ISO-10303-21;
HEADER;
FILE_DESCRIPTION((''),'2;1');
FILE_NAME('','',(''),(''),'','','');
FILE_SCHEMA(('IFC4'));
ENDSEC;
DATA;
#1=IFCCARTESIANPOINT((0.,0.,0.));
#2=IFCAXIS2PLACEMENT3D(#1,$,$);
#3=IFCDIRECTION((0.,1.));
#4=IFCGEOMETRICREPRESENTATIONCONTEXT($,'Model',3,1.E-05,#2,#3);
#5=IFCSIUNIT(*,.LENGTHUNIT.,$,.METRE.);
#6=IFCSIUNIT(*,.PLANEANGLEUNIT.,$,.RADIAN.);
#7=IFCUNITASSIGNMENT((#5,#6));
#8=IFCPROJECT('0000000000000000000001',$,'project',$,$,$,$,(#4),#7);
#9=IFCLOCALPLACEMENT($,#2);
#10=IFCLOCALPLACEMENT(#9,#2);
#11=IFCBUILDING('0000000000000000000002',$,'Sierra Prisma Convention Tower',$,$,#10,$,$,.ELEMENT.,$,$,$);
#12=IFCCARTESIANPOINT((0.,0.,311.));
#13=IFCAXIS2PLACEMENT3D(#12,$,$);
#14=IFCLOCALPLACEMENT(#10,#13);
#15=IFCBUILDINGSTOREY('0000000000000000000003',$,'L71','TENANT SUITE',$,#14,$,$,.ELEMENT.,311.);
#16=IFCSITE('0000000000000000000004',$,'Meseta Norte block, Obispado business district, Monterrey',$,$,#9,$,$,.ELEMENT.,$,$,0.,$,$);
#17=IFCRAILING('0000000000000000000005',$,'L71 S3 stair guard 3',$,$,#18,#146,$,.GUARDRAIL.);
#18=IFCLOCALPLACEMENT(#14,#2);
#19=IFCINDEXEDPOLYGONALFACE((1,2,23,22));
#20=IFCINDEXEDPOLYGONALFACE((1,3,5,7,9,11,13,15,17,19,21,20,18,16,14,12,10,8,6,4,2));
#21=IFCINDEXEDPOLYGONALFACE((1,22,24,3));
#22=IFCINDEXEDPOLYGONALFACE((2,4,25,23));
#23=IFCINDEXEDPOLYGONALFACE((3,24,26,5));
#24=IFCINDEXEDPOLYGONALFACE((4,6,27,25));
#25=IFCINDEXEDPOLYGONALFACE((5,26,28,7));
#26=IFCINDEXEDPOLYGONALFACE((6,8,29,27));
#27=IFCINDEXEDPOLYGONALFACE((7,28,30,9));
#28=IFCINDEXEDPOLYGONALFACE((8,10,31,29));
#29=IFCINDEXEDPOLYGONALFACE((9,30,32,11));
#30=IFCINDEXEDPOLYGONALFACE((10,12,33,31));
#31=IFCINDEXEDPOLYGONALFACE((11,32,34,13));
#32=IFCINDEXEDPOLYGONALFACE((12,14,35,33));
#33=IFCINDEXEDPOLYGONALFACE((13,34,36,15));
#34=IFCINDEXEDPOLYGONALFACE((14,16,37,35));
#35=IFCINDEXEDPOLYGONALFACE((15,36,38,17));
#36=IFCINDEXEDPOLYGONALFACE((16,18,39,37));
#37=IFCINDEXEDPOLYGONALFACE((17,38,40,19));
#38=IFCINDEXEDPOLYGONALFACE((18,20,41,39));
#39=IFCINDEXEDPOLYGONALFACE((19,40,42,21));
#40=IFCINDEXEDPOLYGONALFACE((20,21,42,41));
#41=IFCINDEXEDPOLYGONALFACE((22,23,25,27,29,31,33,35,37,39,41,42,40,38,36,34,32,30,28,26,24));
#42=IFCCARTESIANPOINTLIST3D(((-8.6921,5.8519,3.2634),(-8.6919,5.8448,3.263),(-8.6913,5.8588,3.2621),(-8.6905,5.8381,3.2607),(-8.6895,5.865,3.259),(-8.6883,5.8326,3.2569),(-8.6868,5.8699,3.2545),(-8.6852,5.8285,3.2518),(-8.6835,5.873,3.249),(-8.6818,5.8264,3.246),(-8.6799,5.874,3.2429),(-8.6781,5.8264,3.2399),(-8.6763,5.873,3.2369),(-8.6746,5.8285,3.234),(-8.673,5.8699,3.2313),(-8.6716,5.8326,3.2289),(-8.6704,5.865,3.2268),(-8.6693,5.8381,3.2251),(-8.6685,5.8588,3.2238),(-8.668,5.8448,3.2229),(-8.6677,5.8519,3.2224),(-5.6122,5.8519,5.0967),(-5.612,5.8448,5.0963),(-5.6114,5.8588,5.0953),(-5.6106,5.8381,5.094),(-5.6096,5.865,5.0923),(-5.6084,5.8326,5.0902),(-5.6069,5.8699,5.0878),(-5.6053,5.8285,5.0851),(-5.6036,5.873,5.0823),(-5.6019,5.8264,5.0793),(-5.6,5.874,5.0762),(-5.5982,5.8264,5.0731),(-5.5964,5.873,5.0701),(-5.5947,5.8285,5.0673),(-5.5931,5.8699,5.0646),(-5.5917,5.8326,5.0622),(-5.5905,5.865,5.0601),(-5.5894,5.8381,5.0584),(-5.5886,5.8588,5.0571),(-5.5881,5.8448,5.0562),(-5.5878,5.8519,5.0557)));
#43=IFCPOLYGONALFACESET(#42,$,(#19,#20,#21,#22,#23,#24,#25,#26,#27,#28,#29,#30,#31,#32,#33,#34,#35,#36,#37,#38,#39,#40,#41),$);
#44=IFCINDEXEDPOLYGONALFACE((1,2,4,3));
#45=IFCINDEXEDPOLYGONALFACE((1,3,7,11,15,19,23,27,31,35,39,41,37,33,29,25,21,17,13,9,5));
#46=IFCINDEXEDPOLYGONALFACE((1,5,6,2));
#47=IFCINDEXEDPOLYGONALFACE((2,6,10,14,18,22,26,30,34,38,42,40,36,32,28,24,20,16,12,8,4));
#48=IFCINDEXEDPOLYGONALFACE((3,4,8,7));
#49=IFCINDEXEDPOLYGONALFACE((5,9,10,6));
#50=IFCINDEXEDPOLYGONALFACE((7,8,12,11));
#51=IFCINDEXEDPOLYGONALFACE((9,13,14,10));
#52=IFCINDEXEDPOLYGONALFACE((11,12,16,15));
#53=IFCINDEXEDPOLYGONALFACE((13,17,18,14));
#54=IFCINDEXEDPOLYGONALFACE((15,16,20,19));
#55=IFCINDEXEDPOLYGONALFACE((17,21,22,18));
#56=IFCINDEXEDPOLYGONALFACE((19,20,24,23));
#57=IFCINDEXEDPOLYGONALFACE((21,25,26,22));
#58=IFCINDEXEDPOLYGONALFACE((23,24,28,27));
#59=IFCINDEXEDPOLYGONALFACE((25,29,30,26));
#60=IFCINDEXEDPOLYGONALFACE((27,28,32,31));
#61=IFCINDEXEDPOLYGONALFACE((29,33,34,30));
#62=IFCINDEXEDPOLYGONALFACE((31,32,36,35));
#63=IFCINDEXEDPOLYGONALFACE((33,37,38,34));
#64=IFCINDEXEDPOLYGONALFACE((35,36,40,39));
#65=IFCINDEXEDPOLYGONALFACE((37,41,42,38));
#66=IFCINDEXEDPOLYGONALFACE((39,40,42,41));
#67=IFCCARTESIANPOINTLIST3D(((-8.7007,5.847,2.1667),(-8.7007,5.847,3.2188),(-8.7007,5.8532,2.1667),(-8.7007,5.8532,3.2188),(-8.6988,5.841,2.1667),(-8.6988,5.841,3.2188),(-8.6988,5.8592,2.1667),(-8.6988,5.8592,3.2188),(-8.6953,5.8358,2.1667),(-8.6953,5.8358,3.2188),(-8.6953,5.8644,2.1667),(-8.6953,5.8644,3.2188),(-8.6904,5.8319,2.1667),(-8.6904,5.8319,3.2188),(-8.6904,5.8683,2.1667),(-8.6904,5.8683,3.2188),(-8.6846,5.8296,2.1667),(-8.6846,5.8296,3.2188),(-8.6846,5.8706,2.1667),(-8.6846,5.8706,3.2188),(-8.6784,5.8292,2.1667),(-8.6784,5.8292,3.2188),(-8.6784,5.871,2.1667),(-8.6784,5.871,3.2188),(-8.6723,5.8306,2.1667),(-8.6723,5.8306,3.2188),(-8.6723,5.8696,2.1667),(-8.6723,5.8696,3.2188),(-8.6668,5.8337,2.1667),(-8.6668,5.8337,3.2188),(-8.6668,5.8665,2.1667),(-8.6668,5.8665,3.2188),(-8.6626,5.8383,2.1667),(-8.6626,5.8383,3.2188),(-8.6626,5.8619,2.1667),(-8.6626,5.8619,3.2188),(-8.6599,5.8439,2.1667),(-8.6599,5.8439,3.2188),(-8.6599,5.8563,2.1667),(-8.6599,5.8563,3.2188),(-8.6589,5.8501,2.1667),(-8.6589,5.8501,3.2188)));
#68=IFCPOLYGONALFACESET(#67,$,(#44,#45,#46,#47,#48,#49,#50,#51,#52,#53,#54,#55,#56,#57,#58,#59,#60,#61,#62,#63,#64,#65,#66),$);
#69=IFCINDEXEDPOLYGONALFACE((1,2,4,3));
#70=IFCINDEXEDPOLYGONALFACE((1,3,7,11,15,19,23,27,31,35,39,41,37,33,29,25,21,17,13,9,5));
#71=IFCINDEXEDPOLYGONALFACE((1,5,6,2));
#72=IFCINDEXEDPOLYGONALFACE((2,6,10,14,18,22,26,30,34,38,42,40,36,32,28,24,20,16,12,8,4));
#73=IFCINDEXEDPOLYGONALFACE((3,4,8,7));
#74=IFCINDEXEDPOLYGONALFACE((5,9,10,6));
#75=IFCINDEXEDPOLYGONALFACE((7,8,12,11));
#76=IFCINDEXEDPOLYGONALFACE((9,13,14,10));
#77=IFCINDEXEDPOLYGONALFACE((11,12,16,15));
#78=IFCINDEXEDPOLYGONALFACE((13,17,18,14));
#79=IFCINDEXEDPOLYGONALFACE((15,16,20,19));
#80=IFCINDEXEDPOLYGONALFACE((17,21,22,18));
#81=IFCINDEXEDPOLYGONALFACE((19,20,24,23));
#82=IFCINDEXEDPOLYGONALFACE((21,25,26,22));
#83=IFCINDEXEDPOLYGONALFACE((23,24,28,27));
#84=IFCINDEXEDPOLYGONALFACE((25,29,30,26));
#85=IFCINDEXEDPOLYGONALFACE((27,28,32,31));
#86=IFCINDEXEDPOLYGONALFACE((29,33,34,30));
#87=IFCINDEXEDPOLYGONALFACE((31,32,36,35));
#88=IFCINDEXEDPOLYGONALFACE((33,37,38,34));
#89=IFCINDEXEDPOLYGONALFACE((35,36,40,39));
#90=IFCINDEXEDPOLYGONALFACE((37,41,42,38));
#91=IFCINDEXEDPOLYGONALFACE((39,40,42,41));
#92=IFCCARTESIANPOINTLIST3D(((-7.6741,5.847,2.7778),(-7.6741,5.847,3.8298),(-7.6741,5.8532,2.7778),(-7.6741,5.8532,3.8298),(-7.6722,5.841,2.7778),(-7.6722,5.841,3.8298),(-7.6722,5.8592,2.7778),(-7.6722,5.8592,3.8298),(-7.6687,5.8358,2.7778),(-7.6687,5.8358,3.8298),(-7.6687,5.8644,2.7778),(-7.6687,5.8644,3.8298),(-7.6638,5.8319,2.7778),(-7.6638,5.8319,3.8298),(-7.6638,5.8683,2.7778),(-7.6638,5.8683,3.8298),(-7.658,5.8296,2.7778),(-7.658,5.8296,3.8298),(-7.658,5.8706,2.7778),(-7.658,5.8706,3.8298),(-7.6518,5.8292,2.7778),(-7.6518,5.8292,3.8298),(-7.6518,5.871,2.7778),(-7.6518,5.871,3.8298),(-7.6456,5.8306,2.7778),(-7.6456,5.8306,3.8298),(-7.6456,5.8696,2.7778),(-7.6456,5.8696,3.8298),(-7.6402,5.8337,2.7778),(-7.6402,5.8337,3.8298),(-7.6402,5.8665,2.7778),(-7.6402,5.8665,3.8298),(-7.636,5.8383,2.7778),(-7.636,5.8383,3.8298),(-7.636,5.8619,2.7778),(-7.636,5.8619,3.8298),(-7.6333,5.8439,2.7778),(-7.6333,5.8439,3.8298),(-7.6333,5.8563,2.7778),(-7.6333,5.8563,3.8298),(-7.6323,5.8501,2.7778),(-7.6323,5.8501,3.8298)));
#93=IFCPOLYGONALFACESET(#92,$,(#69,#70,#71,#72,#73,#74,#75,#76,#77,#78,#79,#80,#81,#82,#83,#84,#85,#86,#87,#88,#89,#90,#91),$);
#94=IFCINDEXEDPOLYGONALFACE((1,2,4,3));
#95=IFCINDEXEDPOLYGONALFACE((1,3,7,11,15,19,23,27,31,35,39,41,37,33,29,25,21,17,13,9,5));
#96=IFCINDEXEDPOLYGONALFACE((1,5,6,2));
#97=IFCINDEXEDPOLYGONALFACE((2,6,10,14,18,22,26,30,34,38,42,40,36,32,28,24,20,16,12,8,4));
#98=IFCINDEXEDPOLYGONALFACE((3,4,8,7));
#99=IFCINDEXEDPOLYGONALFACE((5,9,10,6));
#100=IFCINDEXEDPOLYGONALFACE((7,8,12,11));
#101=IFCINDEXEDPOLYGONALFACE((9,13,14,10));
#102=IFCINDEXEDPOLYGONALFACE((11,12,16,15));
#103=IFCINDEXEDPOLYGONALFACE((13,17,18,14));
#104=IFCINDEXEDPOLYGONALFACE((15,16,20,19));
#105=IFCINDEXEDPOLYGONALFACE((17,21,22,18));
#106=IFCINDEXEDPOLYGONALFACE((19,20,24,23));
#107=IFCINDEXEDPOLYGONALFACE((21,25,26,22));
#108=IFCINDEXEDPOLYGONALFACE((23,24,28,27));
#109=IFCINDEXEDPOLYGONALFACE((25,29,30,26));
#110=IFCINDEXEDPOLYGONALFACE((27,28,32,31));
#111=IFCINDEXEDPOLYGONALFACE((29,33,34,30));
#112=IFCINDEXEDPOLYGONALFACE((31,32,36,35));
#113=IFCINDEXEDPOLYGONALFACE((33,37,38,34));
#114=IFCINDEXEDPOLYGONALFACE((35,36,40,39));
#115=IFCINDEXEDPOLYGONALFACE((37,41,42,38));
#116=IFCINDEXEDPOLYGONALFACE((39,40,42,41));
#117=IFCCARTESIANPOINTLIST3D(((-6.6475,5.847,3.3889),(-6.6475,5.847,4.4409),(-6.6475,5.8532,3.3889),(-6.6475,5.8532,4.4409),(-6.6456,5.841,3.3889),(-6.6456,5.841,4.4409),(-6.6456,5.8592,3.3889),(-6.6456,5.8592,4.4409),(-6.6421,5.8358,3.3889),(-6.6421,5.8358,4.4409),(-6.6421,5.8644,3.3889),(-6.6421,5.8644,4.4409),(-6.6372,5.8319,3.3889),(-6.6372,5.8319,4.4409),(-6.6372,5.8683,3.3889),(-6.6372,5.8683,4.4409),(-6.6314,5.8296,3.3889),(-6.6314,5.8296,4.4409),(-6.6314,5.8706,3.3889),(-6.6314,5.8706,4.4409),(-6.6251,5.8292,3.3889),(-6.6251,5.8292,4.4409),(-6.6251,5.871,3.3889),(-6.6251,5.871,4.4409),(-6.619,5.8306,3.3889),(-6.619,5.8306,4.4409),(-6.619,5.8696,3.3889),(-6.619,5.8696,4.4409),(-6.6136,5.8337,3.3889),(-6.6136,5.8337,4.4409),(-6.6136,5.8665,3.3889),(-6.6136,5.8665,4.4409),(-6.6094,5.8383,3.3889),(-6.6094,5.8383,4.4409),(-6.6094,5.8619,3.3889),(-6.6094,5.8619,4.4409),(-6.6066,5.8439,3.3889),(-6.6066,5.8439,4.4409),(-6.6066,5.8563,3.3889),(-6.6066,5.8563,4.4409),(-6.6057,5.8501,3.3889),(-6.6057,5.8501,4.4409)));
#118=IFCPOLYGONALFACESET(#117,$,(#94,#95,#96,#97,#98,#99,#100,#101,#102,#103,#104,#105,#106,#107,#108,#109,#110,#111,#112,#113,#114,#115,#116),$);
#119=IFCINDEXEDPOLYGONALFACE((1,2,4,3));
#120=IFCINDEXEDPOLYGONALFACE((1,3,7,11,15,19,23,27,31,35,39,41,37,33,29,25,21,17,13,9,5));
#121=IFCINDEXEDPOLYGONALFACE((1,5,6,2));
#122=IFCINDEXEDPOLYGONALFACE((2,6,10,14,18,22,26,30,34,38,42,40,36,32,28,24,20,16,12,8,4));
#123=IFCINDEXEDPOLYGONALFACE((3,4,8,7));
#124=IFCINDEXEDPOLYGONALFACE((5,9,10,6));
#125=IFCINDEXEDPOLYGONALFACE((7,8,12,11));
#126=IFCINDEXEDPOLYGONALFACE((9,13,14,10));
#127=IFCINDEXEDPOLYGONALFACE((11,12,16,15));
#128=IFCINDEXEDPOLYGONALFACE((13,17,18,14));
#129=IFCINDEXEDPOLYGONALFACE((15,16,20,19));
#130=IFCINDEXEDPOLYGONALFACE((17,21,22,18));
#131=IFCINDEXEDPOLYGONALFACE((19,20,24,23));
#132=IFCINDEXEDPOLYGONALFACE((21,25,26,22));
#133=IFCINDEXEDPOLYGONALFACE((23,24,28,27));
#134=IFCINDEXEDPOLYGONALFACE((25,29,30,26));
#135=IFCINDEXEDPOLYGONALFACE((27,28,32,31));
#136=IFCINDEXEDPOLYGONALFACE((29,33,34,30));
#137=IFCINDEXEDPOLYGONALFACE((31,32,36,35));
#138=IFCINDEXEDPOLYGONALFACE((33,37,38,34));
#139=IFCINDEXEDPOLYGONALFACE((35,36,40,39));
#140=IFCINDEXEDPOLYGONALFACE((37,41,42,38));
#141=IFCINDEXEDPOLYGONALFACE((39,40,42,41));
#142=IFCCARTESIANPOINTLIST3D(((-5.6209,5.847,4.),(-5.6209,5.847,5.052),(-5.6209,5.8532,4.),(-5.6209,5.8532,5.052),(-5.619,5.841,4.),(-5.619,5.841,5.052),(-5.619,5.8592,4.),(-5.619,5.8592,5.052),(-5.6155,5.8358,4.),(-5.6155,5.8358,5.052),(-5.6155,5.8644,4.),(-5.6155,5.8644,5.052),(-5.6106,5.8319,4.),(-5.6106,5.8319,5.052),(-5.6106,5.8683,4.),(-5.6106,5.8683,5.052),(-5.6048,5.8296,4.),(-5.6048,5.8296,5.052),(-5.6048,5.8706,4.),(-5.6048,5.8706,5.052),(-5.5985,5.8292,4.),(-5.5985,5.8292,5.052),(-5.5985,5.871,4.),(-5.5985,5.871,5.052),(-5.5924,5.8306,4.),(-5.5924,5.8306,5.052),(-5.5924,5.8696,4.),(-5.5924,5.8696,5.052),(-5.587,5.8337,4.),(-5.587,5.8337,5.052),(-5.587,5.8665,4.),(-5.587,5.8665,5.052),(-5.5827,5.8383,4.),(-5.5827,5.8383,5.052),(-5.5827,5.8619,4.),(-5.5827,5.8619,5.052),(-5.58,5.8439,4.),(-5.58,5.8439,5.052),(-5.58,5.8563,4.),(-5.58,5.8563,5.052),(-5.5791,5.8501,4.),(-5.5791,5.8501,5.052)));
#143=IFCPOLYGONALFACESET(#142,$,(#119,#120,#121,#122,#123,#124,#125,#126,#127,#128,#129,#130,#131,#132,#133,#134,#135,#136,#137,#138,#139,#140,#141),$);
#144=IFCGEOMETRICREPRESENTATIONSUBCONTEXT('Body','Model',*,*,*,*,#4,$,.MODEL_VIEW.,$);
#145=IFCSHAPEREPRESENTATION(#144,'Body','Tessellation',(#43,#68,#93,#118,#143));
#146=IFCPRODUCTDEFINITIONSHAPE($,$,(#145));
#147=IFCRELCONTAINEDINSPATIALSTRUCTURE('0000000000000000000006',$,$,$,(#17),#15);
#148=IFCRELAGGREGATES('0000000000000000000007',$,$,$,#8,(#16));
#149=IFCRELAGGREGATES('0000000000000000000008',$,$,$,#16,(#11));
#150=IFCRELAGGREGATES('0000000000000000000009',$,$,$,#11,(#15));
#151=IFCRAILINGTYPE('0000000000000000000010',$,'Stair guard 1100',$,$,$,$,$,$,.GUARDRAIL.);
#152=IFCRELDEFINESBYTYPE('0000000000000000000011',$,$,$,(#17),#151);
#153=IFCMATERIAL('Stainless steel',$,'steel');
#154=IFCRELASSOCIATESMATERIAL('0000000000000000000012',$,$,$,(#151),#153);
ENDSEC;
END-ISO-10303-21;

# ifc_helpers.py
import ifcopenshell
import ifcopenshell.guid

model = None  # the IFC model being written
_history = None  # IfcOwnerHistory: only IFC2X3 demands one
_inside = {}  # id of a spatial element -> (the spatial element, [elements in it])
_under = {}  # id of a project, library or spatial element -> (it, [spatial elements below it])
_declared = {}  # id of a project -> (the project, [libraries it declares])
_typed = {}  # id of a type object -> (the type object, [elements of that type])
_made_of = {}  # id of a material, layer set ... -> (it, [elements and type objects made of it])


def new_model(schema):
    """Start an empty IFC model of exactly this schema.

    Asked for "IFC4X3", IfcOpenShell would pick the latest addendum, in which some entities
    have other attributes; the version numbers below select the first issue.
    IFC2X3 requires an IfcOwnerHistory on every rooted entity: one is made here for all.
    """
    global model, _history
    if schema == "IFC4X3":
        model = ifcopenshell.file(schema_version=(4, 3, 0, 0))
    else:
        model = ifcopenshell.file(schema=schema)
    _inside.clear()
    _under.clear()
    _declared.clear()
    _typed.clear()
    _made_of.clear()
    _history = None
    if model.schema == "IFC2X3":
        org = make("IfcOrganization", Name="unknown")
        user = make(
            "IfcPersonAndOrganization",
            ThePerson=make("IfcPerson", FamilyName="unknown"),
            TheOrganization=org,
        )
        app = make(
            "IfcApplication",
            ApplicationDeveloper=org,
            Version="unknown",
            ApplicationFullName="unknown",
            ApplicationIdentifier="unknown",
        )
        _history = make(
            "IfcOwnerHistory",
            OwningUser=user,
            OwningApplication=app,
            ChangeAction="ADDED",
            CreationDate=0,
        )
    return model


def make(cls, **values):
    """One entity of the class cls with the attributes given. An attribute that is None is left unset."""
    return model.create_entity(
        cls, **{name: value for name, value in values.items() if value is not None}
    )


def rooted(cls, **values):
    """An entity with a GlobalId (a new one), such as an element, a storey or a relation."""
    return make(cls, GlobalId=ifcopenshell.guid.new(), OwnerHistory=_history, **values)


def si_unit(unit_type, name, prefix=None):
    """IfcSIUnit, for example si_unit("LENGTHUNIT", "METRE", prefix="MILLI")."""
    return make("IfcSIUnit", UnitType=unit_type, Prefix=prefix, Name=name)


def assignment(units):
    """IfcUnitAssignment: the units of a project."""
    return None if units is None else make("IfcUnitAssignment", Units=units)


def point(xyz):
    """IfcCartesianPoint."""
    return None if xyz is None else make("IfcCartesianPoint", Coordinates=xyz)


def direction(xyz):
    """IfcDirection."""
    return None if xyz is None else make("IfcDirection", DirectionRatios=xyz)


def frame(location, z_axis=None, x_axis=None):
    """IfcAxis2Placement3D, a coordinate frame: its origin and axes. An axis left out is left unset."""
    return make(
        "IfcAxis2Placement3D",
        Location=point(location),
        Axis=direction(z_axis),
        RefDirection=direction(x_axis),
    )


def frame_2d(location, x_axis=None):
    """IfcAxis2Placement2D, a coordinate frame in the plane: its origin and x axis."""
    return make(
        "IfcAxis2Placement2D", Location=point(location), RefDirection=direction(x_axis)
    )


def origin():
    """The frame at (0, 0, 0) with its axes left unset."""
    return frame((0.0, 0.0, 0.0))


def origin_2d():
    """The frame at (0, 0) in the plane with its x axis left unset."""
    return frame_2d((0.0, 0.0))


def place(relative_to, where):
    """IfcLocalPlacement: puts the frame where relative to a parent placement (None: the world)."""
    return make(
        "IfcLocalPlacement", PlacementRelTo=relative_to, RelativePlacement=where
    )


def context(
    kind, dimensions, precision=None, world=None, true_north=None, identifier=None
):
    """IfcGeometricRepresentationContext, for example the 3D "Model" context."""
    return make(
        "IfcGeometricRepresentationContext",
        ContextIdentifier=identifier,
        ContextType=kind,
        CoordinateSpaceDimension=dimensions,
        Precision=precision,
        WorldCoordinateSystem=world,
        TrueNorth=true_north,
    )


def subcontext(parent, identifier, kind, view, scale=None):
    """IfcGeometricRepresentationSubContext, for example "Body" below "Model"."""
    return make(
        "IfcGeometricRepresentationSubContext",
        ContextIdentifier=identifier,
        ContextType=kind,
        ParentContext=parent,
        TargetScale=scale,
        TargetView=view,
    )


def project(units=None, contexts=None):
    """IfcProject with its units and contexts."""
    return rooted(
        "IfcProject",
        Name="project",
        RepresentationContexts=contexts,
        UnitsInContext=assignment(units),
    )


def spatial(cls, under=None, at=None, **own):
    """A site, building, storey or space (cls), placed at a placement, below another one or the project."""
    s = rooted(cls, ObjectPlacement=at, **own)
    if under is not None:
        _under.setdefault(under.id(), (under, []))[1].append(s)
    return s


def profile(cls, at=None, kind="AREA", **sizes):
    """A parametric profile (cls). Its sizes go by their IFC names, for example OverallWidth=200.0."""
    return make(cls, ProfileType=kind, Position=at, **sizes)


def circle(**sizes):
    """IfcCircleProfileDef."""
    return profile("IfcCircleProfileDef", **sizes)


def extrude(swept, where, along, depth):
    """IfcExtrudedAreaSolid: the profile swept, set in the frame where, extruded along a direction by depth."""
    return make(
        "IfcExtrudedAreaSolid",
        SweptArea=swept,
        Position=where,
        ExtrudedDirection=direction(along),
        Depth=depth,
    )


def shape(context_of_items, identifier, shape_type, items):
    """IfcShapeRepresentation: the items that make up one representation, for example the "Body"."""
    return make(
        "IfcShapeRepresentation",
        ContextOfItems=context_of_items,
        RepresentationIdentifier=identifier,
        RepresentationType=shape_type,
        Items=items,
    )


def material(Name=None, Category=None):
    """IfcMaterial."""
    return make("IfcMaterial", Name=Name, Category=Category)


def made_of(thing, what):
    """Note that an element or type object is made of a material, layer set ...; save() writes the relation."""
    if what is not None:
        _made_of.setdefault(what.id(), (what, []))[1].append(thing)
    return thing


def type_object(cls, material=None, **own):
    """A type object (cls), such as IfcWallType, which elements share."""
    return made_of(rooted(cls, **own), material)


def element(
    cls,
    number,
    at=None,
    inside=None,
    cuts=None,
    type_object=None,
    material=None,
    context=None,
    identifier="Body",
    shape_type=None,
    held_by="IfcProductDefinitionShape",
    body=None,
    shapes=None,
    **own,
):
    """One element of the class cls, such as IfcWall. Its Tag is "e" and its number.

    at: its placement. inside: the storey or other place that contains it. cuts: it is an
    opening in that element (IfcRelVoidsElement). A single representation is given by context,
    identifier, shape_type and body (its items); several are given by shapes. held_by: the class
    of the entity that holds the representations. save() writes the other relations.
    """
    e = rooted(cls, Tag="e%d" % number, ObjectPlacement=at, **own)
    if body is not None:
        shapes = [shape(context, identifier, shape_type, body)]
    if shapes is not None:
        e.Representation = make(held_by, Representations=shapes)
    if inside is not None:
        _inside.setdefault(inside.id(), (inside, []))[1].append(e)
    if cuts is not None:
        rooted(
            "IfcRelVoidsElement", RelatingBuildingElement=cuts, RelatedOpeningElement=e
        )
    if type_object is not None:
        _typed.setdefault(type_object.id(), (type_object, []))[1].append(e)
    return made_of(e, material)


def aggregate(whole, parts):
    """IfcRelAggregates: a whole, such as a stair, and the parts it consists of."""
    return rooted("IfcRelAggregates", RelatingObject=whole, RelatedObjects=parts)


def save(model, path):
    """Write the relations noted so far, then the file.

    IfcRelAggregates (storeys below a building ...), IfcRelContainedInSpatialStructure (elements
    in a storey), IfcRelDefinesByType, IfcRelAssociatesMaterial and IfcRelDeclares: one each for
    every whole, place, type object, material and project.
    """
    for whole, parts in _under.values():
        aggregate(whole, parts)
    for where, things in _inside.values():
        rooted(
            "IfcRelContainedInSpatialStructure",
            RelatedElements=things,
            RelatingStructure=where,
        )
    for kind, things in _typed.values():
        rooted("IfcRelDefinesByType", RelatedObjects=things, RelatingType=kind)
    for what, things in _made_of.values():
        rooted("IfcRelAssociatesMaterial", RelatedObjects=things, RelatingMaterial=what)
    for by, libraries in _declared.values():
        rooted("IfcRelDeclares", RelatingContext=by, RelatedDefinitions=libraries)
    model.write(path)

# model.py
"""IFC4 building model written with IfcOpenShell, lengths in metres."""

from ifc_helpers import new_model, si_unit, direction, frame, origin, origin_2d, place, context, subcontext, project, spatial, circle, extrude, material, type_object, element, save


model = new_model("IFC4")

# Units and contexts
model_context = context("Model", 3, precision=1e-05, world=origin(), true_north=direction((0.0, 1.0)))
body_context = subcontext(model_context, "Body", "Model", "MODEL_VIEW")
ifc_project = project(units=[si_unit("LENGTHUNIT", "METRE"), si_unit("PLANEANGLEUNIT", "RADIAN")], contexts=[model_context])

# Site, building, storey
site_placement = place(None, origin())
site = spatial("IfcSite", under=ifc_project, at=site_placement, Name="Meseta Norte block, Obispado business district, Monterrey", CompositionType="ELEMENT", RefElevation=0.0)
building_placement = place(site_placement, origin())
building = spatial("IfcBuilding", under=site, at=building_placement, Name="Sierra Prisma Convention Tower", CompositionType="ELEMENT")
storey_placement = place(building_placement, frame((0.0, 0.0, 311.0)))
storey = spatial("IfcBuildingStorey", under=building, at=storey_placement, Name="L71", Description="TENANT SUITE", CompositionType="ELEMENT", Elevation=311.0)

# Railing
ifc_material_1 = material(Name="Stainless steel", Category="steel")
railing_type_1 = type_object("IfcRailingType", Name="Stair guard 1100", PredefinedType="GUARDRAIL", material=ifc_material_1)
railing_1_placement = place(storey_placement, frame((-8.6799, 5.8501, 2.1667)))
element("IfcRailing", 1, at=railing_1_placement, inside=storey, type_object=railing_type_1, Name="L71 S3 stair guard 3", PredefinedType="GUARDRAIL", context=body_context, shape_type="SweptSolid", body=[
    extrude(circle(Radius=0.0239, at=origin_2d()), frame((0.0, 0.0, 1.0762), z_axis=(0.859291, 0.0, 0.511487), x_axis=(0.0, 1.0, 0.0)), (0.0, 0.0, 1.0), 3.5842),
    extrude(circle(Radius=0.021, at=origin_2d()), origin(), (0.0, 0.0, 1.0), 1.052),
    extrude(circle(Radius=0.021, at=origin_2d()), frame((1.0266, 0.0, 0.6111)), (0.0, 0.0, 1.0), 1.052),
    extrude(circle(Radius=0.021, at=origin_2d()), frame((2.0532, 0.0, 1.2222)), (0.0, 0.0, 1.0), 1.052),
    extrude(circle(Radius=0.021, at=origin_2d()), frame((3.0798, 0.0, 1.8333)), (0.0, 0.0, 1.0), 1.052),
])

save(model, "model.ifc")
